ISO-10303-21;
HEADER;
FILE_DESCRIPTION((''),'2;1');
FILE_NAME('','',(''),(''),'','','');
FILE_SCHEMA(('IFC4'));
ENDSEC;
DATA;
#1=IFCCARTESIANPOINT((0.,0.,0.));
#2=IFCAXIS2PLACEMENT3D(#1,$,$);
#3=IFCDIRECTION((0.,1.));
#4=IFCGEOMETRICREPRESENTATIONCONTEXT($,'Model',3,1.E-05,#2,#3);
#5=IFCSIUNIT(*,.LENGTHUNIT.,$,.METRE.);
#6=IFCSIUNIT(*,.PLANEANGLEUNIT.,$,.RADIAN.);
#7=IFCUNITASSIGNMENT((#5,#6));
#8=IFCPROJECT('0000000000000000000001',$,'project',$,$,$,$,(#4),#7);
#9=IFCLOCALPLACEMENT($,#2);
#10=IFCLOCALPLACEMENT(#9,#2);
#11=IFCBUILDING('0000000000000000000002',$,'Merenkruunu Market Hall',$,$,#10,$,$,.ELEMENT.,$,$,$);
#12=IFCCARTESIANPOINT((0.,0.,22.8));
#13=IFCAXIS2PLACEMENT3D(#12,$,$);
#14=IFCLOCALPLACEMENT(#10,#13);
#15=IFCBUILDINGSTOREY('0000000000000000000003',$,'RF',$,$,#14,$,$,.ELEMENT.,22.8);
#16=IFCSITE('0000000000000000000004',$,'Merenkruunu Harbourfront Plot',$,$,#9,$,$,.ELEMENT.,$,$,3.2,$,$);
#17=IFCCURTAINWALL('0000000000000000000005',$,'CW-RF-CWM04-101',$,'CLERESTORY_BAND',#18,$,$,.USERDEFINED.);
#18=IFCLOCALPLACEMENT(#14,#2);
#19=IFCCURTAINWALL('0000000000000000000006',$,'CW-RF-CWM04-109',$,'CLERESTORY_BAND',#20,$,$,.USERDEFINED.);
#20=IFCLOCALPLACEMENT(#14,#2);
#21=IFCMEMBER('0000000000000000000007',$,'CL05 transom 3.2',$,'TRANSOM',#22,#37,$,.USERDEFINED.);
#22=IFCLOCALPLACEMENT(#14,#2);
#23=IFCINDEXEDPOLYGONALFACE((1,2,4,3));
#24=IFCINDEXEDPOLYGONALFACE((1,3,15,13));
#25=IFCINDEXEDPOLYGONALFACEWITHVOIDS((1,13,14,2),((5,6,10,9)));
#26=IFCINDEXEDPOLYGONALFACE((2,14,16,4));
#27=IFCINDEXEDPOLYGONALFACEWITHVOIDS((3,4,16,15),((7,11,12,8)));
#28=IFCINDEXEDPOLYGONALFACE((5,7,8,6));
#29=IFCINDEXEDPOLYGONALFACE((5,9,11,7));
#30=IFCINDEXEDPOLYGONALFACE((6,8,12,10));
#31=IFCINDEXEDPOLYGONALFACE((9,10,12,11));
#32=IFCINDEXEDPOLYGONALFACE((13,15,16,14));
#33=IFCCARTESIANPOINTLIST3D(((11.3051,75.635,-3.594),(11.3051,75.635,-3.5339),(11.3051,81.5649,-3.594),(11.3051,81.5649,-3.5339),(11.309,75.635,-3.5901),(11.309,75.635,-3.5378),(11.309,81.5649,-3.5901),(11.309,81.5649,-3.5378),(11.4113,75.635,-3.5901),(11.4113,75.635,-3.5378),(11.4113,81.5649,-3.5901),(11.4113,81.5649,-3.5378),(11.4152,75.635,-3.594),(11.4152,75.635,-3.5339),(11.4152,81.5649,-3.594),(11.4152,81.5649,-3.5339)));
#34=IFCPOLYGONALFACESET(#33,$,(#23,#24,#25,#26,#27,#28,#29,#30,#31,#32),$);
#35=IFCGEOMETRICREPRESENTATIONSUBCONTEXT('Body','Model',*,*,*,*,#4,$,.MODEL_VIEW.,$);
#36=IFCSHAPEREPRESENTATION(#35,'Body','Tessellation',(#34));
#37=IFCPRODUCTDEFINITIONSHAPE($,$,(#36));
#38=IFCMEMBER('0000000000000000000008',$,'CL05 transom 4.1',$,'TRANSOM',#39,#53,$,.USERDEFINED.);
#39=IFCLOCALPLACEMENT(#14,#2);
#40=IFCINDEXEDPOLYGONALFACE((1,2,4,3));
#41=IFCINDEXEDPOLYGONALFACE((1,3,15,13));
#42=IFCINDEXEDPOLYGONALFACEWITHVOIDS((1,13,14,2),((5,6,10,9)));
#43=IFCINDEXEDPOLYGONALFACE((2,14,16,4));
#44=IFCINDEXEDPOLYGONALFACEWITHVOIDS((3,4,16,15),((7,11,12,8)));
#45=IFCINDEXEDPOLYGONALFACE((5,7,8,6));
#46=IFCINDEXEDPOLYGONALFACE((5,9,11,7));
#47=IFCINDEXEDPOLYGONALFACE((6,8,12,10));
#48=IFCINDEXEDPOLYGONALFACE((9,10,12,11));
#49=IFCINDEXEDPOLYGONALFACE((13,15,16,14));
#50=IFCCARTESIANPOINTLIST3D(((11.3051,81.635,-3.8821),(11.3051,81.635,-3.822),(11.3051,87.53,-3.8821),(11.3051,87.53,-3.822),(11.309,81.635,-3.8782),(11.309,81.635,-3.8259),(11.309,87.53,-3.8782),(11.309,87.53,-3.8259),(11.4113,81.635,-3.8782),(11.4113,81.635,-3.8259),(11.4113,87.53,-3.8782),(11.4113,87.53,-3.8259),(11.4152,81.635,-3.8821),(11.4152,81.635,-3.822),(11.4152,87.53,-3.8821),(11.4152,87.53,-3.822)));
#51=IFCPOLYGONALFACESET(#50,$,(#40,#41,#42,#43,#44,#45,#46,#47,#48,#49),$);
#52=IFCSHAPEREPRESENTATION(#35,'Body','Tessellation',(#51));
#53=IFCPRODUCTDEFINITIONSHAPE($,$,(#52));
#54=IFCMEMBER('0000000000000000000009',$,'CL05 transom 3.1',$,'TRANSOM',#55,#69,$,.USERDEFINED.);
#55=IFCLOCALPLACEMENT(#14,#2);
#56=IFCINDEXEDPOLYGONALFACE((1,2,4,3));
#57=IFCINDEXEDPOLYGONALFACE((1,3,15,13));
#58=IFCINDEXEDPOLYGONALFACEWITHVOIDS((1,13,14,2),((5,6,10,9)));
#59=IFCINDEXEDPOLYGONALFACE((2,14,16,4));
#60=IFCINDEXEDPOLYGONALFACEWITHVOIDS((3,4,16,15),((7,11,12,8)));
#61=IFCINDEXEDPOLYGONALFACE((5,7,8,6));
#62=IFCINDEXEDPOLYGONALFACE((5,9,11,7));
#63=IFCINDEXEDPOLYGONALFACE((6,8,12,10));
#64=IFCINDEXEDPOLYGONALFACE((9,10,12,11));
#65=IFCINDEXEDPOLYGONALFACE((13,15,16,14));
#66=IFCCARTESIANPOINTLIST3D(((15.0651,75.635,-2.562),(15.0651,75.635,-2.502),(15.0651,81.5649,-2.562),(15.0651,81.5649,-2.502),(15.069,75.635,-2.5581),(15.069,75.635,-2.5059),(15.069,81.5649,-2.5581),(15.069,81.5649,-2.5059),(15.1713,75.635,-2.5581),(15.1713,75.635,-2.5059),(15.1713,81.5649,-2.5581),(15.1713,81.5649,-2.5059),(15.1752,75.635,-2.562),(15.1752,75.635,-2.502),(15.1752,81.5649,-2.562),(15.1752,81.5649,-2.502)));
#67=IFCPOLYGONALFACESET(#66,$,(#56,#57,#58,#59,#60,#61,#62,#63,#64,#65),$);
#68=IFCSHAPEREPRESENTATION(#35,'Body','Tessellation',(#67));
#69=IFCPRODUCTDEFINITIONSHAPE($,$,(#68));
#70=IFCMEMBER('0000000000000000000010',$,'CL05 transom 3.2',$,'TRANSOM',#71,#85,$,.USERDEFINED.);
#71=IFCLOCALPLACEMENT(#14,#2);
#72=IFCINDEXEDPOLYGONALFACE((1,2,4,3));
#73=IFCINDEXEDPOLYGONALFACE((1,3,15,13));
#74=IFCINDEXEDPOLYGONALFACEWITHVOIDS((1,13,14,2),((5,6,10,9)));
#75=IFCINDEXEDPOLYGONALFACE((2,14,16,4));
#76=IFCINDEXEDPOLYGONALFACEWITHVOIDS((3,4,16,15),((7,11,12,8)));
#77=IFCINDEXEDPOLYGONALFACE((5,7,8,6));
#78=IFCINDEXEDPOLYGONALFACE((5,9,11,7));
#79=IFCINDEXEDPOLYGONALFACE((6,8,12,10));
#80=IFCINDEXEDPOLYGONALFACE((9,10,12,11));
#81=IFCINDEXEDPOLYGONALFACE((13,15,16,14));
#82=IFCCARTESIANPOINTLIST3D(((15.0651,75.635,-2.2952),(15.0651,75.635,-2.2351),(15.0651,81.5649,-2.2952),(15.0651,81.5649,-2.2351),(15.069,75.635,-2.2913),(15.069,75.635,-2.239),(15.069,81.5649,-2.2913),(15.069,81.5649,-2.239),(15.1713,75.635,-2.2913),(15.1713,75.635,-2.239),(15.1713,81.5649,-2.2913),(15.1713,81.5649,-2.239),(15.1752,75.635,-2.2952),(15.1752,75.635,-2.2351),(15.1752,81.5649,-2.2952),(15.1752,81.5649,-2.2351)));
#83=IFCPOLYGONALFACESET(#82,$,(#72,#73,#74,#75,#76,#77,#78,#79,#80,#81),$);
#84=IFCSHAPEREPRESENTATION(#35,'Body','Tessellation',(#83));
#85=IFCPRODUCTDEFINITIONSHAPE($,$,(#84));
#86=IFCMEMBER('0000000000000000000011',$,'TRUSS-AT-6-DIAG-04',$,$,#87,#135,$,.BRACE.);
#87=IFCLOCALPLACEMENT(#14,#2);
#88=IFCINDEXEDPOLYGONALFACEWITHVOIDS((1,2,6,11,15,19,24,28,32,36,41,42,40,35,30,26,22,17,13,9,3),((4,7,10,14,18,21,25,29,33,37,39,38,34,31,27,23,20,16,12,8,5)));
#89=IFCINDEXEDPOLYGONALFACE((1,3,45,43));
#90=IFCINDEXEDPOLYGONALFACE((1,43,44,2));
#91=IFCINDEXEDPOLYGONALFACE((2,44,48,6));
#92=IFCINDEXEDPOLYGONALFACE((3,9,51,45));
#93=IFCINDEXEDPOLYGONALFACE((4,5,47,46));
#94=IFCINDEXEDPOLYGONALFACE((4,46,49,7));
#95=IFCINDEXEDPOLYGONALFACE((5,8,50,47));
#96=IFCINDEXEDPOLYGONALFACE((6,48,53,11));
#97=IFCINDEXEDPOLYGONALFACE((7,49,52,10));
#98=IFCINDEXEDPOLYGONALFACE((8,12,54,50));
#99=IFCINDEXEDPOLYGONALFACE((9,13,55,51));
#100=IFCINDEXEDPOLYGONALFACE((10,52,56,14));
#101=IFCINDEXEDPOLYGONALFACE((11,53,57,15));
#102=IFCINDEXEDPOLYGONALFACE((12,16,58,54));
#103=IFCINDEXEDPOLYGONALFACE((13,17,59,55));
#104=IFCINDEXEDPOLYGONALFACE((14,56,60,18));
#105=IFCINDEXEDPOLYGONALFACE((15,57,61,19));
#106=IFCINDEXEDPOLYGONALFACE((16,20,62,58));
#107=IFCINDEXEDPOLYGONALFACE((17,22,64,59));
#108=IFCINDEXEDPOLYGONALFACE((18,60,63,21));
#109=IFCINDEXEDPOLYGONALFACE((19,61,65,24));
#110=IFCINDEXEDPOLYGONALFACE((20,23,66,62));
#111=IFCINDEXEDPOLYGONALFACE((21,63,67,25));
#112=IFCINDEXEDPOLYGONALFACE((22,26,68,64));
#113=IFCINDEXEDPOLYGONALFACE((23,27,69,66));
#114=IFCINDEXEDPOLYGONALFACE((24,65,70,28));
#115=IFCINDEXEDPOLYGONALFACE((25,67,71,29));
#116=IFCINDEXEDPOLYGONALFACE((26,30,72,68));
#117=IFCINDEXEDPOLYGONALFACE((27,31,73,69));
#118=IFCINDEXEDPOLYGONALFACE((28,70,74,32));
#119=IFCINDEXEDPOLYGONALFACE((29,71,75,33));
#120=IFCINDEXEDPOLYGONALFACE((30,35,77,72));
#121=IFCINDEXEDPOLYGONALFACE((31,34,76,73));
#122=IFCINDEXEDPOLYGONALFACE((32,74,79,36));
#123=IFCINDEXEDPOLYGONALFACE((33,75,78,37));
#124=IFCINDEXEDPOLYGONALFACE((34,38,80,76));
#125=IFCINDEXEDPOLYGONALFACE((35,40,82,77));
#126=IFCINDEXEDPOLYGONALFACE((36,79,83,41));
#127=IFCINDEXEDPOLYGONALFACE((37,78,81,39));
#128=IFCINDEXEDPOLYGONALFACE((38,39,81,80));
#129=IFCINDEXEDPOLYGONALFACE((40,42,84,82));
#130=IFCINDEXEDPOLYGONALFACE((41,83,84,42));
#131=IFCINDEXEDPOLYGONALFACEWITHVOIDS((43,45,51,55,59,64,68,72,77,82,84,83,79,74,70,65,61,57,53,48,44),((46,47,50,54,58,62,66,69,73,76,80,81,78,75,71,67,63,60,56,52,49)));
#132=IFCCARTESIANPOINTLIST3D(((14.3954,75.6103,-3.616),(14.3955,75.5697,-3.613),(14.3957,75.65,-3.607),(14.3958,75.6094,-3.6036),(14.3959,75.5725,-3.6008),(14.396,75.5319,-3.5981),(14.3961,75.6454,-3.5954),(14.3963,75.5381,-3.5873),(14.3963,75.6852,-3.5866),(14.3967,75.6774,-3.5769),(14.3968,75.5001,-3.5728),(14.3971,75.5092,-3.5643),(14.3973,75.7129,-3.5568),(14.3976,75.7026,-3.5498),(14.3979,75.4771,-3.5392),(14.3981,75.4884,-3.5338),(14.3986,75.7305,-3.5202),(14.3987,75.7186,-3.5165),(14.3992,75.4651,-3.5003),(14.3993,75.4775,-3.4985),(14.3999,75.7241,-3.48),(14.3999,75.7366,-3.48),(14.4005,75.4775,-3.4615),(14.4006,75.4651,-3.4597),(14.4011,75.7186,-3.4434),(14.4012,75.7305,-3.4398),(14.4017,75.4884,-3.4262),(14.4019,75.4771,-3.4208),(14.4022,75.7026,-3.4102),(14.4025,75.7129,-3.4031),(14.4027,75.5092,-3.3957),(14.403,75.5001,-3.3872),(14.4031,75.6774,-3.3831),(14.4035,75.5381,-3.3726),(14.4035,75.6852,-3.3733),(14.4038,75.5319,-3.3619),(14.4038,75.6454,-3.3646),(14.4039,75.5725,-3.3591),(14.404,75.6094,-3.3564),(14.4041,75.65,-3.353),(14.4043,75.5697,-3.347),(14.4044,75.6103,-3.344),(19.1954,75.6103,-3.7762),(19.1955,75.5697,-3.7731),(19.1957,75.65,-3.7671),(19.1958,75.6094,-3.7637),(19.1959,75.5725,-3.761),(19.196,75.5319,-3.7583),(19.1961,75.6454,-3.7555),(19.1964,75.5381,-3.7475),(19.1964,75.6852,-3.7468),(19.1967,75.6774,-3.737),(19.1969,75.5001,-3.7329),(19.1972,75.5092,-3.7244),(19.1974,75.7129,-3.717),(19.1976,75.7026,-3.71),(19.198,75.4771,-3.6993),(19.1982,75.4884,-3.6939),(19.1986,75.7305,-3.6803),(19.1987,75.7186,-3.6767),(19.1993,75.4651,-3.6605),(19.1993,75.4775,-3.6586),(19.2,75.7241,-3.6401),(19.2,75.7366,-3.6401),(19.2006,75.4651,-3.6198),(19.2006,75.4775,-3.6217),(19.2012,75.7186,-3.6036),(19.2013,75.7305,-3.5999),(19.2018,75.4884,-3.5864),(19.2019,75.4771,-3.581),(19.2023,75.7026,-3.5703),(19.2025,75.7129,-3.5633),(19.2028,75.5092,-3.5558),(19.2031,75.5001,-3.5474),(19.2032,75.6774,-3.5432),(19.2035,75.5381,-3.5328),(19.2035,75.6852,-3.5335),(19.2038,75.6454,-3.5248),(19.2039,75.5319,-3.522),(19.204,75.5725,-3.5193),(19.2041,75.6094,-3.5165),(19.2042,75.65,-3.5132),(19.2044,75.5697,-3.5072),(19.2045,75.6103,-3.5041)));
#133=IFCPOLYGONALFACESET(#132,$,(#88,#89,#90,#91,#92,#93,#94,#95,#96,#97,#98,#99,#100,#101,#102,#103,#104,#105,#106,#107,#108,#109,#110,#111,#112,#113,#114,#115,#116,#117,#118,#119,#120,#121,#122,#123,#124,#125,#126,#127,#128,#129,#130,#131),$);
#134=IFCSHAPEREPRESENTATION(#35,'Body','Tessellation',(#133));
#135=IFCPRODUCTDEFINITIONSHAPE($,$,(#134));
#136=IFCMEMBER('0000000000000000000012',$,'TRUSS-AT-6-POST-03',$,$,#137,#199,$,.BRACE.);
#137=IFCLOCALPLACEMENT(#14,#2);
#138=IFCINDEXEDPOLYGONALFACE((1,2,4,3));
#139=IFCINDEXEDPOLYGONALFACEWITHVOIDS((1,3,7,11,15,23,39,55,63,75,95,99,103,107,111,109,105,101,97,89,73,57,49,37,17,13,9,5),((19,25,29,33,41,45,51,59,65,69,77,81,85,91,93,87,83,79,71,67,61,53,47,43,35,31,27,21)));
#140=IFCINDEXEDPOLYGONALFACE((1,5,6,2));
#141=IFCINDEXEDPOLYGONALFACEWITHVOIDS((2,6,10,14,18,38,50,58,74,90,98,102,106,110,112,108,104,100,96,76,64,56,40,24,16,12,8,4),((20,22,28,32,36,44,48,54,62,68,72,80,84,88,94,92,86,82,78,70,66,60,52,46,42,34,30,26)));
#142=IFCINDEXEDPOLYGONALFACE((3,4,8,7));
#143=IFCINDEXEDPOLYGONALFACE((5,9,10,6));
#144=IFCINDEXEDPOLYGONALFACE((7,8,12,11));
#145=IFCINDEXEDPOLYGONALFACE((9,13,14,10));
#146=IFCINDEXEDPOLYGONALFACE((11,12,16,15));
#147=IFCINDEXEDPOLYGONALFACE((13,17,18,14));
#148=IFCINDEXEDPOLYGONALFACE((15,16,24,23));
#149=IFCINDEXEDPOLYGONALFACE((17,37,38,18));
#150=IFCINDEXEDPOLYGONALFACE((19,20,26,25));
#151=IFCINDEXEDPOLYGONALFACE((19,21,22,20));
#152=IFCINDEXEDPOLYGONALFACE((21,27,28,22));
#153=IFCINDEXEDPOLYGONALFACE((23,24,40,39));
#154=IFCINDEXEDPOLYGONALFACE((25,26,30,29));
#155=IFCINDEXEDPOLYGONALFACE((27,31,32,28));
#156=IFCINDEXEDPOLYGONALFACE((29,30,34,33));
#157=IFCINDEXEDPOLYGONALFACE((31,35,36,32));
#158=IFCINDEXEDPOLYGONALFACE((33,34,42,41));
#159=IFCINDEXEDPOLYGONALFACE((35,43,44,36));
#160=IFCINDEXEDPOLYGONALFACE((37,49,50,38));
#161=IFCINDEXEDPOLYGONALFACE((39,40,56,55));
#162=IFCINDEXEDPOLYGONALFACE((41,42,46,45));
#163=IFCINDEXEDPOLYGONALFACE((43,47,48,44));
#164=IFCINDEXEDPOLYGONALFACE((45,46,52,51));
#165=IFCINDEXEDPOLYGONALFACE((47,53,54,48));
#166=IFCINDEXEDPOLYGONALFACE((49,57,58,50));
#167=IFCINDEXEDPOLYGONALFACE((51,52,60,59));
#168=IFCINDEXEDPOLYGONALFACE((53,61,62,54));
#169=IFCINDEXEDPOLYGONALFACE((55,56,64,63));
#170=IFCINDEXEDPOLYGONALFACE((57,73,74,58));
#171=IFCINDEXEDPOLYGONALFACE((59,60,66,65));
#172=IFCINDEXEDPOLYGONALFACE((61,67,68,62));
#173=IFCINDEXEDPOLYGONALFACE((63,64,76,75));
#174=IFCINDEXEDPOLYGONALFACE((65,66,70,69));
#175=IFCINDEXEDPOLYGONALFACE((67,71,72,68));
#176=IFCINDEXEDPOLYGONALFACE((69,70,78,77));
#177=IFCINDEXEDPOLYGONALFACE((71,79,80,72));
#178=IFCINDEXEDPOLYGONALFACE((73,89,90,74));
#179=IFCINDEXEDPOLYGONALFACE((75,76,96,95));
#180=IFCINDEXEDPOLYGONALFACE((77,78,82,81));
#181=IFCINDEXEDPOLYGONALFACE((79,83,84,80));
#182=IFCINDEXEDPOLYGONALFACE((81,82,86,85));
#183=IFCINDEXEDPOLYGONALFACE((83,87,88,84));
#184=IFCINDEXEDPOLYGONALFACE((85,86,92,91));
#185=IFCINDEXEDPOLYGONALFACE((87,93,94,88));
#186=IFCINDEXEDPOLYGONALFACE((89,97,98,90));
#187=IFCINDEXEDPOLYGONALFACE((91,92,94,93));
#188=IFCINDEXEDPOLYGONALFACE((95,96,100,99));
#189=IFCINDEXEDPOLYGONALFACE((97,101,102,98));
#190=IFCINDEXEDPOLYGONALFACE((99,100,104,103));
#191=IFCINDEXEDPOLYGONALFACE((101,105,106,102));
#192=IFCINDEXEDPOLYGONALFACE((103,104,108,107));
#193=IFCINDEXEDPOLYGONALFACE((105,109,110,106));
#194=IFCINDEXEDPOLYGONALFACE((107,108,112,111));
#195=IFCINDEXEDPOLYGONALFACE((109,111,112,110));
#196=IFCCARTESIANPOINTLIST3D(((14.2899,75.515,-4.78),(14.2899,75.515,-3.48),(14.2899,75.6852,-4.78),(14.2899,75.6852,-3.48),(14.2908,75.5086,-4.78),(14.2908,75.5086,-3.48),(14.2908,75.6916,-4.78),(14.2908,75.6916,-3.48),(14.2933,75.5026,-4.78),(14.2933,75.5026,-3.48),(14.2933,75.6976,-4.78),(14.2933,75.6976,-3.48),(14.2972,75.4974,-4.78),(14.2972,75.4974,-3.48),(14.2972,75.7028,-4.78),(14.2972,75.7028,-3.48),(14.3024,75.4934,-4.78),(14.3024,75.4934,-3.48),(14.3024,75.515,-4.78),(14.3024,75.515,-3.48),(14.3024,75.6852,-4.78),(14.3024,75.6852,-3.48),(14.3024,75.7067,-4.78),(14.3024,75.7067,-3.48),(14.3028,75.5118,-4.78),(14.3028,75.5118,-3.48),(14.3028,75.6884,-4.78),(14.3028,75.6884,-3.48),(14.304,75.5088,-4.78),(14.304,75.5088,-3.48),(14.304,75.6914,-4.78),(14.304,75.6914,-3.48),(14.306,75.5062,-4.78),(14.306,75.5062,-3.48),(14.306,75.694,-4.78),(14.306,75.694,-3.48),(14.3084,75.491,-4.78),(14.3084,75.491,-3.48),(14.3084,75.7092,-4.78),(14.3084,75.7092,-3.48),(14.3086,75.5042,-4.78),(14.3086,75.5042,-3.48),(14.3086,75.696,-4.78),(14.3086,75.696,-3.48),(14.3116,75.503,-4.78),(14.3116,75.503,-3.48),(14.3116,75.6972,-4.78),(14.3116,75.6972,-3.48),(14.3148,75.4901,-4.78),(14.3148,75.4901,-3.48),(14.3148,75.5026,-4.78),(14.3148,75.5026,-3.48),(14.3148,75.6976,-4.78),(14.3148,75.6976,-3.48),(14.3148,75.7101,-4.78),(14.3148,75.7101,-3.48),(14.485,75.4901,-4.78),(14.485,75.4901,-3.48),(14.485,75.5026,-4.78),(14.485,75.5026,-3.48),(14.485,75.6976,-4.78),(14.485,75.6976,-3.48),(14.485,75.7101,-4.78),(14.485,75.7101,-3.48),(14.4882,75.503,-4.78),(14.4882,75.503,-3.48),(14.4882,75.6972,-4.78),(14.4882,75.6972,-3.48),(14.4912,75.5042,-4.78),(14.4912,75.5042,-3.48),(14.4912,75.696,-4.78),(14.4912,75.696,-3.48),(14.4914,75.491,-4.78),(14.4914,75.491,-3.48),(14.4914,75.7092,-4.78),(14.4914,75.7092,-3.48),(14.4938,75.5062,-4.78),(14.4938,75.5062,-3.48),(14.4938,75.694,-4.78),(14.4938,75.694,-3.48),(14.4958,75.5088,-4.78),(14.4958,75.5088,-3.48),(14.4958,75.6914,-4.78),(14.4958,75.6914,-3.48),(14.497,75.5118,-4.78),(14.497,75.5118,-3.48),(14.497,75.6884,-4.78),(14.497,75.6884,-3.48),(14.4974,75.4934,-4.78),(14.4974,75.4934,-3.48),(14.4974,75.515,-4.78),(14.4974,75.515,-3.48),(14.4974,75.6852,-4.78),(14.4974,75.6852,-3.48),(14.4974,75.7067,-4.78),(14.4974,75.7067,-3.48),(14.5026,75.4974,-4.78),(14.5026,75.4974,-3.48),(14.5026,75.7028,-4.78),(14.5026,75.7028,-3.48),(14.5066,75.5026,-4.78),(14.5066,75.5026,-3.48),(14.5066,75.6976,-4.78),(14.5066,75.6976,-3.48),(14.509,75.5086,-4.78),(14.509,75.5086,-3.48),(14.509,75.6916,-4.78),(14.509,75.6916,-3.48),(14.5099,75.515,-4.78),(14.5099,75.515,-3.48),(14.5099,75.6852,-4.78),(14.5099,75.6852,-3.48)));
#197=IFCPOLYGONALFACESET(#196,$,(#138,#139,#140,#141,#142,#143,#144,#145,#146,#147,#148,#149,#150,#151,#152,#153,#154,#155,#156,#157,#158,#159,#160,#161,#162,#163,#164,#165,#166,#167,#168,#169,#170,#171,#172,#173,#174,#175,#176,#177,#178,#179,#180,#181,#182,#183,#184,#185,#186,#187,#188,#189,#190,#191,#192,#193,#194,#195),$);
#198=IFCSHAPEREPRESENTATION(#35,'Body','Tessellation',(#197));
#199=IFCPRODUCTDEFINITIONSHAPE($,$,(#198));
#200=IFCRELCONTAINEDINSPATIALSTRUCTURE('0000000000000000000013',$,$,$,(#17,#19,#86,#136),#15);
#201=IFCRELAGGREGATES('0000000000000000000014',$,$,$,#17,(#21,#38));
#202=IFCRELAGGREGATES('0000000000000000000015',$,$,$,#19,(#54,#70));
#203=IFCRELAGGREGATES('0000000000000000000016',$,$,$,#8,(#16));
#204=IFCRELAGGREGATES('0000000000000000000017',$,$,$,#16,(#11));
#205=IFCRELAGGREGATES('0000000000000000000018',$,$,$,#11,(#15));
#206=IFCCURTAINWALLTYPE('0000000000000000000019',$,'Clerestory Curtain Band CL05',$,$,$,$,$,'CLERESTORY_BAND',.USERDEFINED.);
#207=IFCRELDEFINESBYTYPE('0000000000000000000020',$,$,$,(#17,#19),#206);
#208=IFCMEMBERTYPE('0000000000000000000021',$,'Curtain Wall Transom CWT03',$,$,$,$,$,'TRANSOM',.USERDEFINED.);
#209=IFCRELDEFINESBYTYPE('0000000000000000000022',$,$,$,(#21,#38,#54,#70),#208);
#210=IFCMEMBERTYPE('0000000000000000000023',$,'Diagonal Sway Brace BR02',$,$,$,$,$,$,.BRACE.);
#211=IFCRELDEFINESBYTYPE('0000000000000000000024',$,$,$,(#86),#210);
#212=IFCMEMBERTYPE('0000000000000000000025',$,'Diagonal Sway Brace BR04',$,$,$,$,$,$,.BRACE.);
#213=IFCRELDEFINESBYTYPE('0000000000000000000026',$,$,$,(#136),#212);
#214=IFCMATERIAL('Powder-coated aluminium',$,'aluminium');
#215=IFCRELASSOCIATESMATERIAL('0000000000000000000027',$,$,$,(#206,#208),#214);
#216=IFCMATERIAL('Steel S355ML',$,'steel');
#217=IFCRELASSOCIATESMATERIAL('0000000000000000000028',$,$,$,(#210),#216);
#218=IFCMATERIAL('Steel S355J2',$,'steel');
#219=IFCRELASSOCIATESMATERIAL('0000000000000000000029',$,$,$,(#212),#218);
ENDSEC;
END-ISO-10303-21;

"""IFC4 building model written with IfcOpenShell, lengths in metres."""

from ifc_helpers import new_model, si_unit, direction, frame, origin, origin_2d, place, context, subcontext, project, spatial, hollow_rectangle, hollow_circle, extrude, material, material_profile, profile_set, type_object, element, aggregate, save


model = new_model("IFC4")

# Units and contexts
model_context = context("Model", 3, precision=1e-05, world=origin(), true_north=direction((0.0, 1.0)))
body_context = subcontext(model_context, "Body", "Model", "MODEL_VIEW")
ifc_project = project(units=[si_unit("LENGTHUNIT", "METRE"), si_unit("PLANEANGLEUNIT", "RADIAN")], contexts=[model_context])

# Site, building, storey
site_placement = place(None, origin())
site = spatial("IfcSite", under=ifc_project, at=site_placement, Name="Merenkruunu Harbourfront Plot", CompositionType="ELEMENT", RefElevation=3.2)
building_placement = place(site_placement, origin())
building = spatial("IfcBuilding", under=site, at=building_placement, Name="Merenkruunu Market Hall", CompositionType="ELEMENT")
storey_placement = place(building_placement, frame((0.0, 0.0, 22.8)))
storey = spatial("IfcBuildingStorey", under=building, at=storey_placement, Name="RF", CompositionType="ELEMENT", Elevation=22.8)

# Shared definitions
ifc_material_1 = material(Name="Steel S355ML", Category="steel")

# Curtain wall
ifc_material_2 = material(Name="Powder-coated aluminium", Category="aluminium")
curtain_wall_type = type_object("IfcCurtainWallType", Name="Clerestory Curtain Band CL05", ElementType="CLERESTORY_BAND", PredefinedType="USERDEFINED", material=ifc_material_2)
curtain_wall_1_placement = place(storey_placement, origin())
curtain_wall_1 = element("IfcCurtainWall", 1, at=curtain_wall_1_placement, inside=storey, type_object=curtain_wall_type, Name="CW-RF-CWM04-101", ObjectType="CLERESTORY_BAND", PredefinedType="USERDEFINED")

# Curtain wall
curtain_wall_2_placement = place(storey_placement, origin())
curtain_wall_2 = element("IfcCurtainWall", 2, at=curtain_wall_2_placement, inside=storey, type_object=curtain_wall_type, Name="CW-RF-CWM04-109", ObjectType="CLERESTORY_BAND", PredefinedType="USERDEFINED")

# Members
ifc_material_profile_1 = material_profile(ifc_material_2, hollow_rectangle(XDim=0.0601, YDim=0.1101, WallThickness=0.0039, at=origin_2d()), Name="ALU 60x110x4")
ifc_profile_set_1 = profile_set([ifc_material_profile_1], Name="Powder-coated aluminium")
member_type_1 = type_object("IfcMemberType", Name="Curtain Wall Transom CWT03", ElementType="TRANSOM", PredefinedType="USERDEFINED", material=ifc_profile_set_1)
member_1_placement = place(storey_placement, frame((11.3601, 75.635, -3.564), z_axis=(0.0, 1.0, 0.0), x_axis=(0.0, 0.0, 1.0)))
member_1 = element("IfcMember", 3, at=member_1_placement, type_object=member_type_1, Name="CL05 transom 3.2", ObjectType="TRANSOM", PredefinedType="USERDEFINED", context=body_context, shape_type="SweptSolid", body=[
    extrude(hollow_rectangle(XDim=0.0601, YDim=0.1101, WallThickness=0.0039, at=origin_2d()), origin(), (0.0, 0.0, 1.0), 5.9299),
])
member_2_placement = place(storey_placement, frame((11.3601, 81.635, -3.8521), z_axis=(0.0, 1.0, 0.0), x_axis=(0.0, 0.0, 1.0)))
member_2 = element("IfcMember", 4, at=member_2_placement, type_object=member_type_1, Name="CL05 transom 4.1", ObjectType="TRANSOM", PredefinedType="USERDEFINED", context=body_context, shape_type="SweptSolid", body=[
    extrude(hollow_rectangle(XDim=0.0601, YDim=0.1101, WallThickness=0.0039, at=origin_2d()), origin(), (0.0, 0.0, 1.0), 5.895),
])
member_3_placement = place(storey_placement, frame((15.1201, 75.635, -2.532), z_axis=(0.0, 1.0, 0.0), x_axis=(0.0, 0.0, 1.0)))
member_3 = element("IfcMember", 5, at=member_3_placement, type_object=member_type_1, Name="CL05 transom 3.1", ObjectType="TRANSOM", PredefinedType="USERDEFINED", context=body_context, shape_type="SweptSolid", body=[
    extrude(hollow_rectangle(XDim=0.0601, YDim=0.1101, WallThickness=0.0039, at=origin_2d()), origin(), (0.0, 0.0, 1.0), 5.9299),
])
member_4_placement = place(storey_placement, frame((15.1201, 75.635, -2.2651), z_axis=(0.0, 1.0, 0.0), x_axis=(0.0, 0.0, 1.0)))
member_4 = element("IfcMember", 6, at=member_4_placement, type_object=member_type_1, Name="CL05 transom 3.2", ObjectType="TRANSOM", PredefinedType="USERDEFINED", context=body_context, shape_type="SweptSolid", body=[
    extrude(hollow_rectangle(XDim=0.0601, YDim=0.1101, WallThickness=0.0039, at=origin_2d()), origin(), (0.0, 0.0, 1.0), 5.9299),
])

# Members
ifc_material_profile_2 = material_profile(ifc_material_1, hollow_circle(Radius=0.1365, WallThickness=0.0125, at=origin_2d()), Name="CHS 273x12.5")
ifc_profile_set_2 = profile_set([ifc_material_profile_2], Name="Steel S355ML")
member_type_2 = type_object("IfcMemberType", Name="Diagonal Sway Brace BR02", PredefinedType="BRACE", material=ifc_profile_set_2)
member_5_placement = place(storey_placement, frame((14.3999, 75.6001, -3.48), z_axis=(0.999444, 0.0, -0.033347), x_axis=(0.0, 1.0, 0.0)))
element("IfcMember", 7, at=member_5_placement, inside=storey, type_object=member_type_2, Name="TRUSS-AT-6-DIAG-04", PredefinedType="BRACE", context=body_context, shape_type="SweptSolid", body=[
    extrude(hollow_circle(Radius=0.1365, WallThickness=0.0125, at=origin_2d()), origin(), (0.0, 0.0, 1.0), 4.8027),
])
ifc_material_3 = material(Name="Steel S355J2", Category="steel")
ifc_material_profile_3 = material_profile(ifc_material_3, hollow_rectangle(XDim=0.22, YDim=0.22, WallThickness=0.0125, InnerFilletRadius=0.0125, OuterFilletRadius=0.0249, at=origin_2d()), Name="SHS 220x220x12.5")
ifc_profile_set_3 = profile_set([ifc_material_profile_3], Name="Steel S355J2")
member_type_3 = type_object("IfcMemberType", Name="Diagonal Sway Brace BR04", PredefinedType="BRACE", material=ifc_profile_set_3)
member_6_placement = place(storey_placement, frame((14.3999, 75.6001, -4.78), z_axis=(0.0, 0.0, 1.0), x_axis=(1.0, 0.0, 0.0)))
element("IfcMember", 8, at=member_6_placement, inside=storey, type_object=member_type_3, Name="TRUSS-AT-6-POST-03", PredefinedType="BRACE", context=body_context, shape_type="SweptSolid", body=[
    extrude(hollow_rectangle(XDim=0.22, YDim=0.22, WallThickness=0.0125, InnerFilletRadius=0.0125, OuterFilletRadius=0.0249, at=origin_2d()), origin(), (0.0, 0.0, 1.0), 1.3),
])

aggregate(curtain_wall_1, [member_1, member_2])
aggregate(curtain_wall_2, [member_3, member_4])

save(model, "model.ifc")
